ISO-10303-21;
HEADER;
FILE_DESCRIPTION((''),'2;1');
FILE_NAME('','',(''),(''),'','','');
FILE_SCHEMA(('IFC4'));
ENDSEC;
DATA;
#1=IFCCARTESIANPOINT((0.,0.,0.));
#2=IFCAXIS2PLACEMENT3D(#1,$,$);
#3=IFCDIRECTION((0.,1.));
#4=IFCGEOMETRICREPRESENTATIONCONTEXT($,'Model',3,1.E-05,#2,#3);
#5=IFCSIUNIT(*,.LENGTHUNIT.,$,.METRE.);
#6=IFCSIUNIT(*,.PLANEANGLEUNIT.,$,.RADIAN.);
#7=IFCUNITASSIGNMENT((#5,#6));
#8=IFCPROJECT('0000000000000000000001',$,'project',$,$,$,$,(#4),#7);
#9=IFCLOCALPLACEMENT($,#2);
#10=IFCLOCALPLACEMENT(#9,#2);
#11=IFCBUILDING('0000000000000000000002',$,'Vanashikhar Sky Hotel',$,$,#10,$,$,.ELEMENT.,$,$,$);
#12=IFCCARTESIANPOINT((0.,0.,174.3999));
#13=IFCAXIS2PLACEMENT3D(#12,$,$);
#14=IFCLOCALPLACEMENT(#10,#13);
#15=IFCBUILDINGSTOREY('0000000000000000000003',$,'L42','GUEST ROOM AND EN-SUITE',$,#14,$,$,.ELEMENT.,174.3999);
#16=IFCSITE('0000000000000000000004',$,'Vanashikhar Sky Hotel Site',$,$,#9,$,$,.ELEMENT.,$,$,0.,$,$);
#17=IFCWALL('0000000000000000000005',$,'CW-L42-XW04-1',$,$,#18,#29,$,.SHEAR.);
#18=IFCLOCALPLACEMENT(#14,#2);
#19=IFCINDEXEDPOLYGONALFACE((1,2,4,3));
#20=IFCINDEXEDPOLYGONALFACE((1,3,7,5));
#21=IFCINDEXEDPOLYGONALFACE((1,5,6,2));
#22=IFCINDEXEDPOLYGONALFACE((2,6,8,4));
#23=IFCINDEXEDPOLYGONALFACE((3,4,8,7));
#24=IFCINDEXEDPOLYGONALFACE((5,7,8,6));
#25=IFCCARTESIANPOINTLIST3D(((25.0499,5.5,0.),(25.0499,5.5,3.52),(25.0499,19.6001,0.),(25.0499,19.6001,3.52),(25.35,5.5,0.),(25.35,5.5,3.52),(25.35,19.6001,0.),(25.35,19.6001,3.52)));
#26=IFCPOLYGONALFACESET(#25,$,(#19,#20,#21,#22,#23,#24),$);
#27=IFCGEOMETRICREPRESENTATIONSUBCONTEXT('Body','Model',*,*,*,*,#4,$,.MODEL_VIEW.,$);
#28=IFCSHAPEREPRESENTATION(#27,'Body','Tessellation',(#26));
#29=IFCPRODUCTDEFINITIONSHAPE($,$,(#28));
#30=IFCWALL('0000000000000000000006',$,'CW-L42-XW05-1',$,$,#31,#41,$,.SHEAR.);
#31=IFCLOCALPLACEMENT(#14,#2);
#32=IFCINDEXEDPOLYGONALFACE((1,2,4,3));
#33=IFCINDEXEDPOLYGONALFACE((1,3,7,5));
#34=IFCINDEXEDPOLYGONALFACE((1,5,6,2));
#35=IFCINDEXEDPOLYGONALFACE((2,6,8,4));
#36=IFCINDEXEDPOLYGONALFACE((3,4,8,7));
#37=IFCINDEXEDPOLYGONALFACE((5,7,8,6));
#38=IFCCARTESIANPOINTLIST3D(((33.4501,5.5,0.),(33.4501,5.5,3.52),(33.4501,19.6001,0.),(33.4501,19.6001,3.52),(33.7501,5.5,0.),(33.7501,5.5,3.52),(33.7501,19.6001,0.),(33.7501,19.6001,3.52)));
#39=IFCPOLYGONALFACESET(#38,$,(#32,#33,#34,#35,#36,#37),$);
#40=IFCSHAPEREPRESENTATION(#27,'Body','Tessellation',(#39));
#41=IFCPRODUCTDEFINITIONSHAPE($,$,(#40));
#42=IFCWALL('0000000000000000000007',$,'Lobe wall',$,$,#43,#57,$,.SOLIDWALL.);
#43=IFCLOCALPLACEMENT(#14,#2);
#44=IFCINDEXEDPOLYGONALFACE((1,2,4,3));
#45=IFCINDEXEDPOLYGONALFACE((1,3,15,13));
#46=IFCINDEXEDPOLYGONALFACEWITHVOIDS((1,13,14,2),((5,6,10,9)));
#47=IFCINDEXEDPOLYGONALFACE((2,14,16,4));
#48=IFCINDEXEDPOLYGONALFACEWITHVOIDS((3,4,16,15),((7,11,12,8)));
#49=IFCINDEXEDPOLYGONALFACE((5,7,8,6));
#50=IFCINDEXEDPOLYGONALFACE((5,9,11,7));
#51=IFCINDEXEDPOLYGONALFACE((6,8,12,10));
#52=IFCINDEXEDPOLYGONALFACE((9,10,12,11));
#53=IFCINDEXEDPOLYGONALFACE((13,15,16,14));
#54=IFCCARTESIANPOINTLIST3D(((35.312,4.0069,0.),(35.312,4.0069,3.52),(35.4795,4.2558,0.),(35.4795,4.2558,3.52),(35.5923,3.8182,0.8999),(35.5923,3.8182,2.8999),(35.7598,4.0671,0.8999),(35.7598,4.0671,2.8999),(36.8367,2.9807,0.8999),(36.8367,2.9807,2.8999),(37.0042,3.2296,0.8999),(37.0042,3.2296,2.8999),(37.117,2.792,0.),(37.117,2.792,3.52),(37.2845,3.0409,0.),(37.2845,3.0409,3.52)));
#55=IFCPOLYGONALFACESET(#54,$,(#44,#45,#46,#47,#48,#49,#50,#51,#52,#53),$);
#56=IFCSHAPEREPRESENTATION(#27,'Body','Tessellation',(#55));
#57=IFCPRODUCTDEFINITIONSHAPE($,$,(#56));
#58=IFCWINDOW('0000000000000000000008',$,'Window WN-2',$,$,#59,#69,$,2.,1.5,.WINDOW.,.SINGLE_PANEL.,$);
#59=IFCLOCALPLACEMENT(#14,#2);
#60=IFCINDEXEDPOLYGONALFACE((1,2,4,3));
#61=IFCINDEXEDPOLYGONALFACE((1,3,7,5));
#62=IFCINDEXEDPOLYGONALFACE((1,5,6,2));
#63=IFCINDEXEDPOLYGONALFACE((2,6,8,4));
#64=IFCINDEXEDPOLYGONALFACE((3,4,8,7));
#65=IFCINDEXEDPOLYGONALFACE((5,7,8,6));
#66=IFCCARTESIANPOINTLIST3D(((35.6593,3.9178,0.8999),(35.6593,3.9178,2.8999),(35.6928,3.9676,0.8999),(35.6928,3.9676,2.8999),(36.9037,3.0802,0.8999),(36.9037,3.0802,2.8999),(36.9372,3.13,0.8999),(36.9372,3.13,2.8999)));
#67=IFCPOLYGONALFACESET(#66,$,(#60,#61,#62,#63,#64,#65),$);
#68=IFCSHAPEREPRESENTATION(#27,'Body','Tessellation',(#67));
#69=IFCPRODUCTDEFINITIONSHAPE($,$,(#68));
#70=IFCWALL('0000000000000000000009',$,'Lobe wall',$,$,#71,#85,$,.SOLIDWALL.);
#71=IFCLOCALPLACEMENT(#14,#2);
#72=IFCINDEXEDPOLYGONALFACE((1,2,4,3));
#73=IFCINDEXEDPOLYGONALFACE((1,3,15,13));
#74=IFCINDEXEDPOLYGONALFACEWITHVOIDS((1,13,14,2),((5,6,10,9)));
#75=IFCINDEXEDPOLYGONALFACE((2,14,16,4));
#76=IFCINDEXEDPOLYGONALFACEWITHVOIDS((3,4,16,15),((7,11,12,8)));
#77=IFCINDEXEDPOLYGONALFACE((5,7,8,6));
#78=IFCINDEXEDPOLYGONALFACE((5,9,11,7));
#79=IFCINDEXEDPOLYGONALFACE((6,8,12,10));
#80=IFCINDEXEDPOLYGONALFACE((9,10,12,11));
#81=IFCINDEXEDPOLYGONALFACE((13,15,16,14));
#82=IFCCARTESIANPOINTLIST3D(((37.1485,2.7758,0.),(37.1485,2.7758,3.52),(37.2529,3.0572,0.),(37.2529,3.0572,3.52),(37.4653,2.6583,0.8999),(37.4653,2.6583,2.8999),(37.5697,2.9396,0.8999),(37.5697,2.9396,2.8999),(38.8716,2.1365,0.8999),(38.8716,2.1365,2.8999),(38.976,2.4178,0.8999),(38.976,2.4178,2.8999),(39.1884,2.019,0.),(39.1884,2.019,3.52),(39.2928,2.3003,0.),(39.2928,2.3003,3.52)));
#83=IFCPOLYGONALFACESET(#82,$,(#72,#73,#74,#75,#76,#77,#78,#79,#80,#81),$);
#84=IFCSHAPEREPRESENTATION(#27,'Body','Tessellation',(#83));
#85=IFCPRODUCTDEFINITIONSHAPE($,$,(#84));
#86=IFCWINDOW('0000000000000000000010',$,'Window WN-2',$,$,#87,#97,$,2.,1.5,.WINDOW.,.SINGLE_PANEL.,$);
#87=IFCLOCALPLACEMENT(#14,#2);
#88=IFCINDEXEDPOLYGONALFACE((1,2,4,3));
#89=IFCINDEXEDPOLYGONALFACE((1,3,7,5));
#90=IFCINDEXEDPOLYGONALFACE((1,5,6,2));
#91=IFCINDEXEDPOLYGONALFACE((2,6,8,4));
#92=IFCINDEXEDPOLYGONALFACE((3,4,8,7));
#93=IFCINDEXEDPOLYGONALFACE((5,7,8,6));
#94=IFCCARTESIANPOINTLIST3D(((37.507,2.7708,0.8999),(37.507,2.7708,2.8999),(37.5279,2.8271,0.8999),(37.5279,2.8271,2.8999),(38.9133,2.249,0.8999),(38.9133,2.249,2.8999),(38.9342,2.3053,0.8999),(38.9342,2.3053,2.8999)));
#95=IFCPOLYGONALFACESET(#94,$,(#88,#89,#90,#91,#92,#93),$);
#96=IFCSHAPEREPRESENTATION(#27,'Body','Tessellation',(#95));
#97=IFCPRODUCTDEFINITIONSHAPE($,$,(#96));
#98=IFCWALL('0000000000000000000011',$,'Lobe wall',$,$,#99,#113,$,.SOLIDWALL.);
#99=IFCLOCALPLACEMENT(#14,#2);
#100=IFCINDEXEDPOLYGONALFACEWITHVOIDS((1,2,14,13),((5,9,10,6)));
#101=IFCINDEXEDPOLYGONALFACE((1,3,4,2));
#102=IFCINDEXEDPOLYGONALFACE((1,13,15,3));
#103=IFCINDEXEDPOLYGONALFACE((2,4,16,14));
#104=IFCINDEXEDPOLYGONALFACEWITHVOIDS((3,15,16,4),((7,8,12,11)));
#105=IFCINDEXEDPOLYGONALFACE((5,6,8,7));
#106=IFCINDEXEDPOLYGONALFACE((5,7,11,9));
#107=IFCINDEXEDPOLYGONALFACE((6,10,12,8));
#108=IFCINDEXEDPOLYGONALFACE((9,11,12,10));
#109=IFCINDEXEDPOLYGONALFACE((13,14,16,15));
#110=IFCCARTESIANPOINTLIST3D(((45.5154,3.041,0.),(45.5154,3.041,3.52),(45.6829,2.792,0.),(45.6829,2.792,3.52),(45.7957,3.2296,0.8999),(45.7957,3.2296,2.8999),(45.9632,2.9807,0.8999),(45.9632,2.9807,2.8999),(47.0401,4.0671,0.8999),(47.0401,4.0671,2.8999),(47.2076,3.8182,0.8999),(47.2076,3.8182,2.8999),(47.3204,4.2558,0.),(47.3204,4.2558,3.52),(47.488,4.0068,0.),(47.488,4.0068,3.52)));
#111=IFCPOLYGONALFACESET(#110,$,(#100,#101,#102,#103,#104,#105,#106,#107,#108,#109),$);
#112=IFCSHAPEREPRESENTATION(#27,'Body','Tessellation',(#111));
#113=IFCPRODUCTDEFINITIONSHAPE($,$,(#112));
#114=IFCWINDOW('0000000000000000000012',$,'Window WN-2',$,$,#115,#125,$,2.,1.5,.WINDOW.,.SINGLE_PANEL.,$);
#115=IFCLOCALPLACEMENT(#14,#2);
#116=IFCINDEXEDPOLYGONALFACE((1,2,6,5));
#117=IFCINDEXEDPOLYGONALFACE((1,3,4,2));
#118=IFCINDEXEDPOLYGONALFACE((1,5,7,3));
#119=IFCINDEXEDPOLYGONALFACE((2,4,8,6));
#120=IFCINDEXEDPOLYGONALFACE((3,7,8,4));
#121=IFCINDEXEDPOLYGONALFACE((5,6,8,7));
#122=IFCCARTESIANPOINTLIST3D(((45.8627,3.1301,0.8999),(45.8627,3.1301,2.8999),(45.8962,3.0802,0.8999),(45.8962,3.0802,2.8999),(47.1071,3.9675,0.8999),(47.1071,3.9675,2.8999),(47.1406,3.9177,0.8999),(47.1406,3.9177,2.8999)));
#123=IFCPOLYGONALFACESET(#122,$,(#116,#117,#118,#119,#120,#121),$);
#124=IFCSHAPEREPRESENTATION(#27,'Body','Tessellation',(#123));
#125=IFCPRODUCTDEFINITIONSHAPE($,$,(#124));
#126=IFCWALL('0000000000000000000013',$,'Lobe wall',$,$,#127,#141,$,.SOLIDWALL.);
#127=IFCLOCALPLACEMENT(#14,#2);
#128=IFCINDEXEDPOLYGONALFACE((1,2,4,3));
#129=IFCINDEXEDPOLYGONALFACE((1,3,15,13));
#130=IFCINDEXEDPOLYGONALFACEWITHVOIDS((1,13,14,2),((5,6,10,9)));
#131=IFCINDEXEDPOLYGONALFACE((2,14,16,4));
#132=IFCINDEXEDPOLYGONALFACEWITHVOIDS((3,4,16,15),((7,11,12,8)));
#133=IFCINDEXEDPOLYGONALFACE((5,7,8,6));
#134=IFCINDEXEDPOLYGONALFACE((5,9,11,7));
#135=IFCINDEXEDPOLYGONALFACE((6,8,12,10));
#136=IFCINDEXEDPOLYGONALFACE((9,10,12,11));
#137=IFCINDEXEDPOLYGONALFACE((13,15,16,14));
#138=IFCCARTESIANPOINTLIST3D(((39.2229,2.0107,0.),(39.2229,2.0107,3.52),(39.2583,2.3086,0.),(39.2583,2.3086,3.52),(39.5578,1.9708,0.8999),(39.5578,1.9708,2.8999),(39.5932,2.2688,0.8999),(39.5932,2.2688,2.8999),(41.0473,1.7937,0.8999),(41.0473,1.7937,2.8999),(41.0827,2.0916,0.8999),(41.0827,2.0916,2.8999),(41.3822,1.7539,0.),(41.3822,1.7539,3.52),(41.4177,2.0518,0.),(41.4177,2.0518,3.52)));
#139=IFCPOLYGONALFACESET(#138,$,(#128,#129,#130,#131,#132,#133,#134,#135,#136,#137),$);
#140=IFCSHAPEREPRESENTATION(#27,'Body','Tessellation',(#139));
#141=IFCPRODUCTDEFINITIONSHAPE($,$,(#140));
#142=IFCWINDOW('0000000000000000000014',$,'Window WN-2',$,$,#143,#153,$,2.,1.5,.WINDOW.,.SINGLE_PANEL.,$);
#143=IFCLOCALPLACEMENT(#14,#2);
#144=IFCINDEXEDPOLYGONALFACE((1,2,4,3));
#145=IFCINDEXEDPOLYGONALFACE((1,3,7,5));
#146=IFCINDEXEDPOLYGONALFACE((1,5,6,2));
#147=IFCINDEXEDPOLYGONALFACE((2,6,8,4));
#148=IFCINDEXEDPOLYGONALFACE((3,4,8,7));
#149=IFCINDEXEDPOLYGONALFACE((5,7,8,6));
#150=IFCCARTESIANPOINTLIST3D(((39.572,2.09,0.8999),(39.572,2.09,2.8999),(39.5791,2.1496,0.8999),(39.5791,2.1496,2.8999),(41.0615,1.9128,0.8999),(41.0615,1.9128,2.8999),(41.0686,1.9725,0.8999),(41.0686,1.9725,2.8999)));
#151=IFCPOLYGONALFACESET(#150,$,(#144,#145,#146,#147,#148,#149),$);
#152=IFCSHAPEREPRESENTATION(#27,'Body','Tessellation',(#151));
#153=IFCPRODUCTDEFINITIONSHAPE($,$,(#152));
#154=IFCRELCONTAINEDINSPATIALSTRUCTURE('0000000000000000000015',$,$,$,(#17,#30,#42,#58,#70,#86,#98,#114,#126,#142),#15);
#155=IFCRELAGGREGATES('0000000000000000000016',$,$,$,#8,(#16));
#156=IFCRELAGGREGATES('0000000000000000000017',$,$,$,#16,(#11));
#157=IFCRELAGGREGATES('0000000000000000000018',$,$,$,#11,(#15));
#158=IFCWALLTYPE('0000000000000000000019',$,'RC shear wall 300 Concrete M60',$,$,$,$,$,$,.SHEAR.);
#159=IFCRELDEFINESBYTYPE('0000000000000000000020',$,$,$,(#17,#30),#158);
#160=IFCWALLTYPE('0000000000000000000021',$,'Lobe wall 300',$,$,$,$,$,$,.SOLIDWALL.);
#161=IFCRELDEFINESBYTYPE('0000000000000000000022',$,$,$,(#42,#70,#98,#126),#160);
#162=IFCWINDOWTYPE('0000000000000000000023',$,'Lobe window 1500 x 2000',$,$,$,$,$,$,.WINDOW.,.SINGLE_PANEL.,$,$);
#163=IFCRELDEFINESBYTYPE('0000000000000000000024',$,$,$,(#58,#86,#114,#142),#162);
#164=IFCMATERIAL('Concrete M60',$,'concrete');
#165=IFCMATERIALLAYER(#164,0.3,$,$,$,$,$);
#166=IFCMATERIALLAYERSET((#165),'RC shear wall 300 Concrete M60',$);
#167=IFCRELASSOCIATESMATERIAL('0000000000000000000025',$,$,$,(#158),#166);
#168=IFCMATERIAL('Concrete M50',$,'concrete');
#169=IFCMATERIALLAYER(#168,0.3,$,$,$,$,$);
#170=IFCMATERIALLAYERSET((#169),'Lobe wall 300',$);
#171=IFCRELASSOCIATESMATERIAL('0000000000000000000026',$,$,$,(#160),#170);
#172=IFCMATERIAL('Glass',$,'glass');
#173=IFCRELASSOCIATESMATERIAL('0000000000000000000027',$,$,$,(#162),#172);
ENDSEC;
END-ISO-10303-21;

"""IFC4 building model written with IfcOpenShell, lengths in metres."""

from ifc_helpers import new_model, si_unit, direction, frame, frame_2d, origin, place, context, subcontext, project, spatial, rectangle, extrude, source, transform, mapped, material, layer, layer_set, type_object, element, fill, save


model = new_model("IFC4")

# Units and contexts
model_context = context("Model", 3, precision=1e-05, world=origin(), true_north=direction((0.0, 1.0)))
body_context = subcontext(model_context, "Body", "Model", "MODEL_VIEW")
ifc_project = project(units=[si_unit("LENGTHUNIT", "METRE"), si_unit("PLANEANGLEUNIT", "RADIAN")], contexts=[model_context])

# Site, building, storey
site_placement = place(None, origin())
site = spatial("IfcSite", under=ifc_project, at=site_placement, Name="Vanashikhar Sky Hotel Site", CompositionType="ELEMENT", RefElevation=0.0)
building_placement = place(site_placement, origin())
building = spatial("IfcBuilding", under=site, at=building_placement, Name="Vanashikhar Sky Hotel", CompositionType="ELEMENT")
storey_placement = place(building_placement, frame((0.0, 0.0, 174.3999)))
storey = spatial("IfcBuildingStorey", under=building, at=storey_placement, Name="L42", Description="GUEST ROOM AND EN-SUITE", CompositionType="ELEMENT", Elevation=174.3999)

# Walls
ifc_material_1 = material(Name="Concrete M60", Category="concrete")
ifc_layer_1 = layer(ifc_material_1, 0.3)
ifc_layer_set_1 = layer_set([ifc_layer_1], Name="RC shear wall 300 Concrete M60")
wall_type_1 = type_object("IfcWallType", Name="RC shear wall 300 Concrete M60", PredefinedType="SHEAR", material=ifc_layer_set_1)
shared_shape_1 = source(origin(), body_context, "Body", "SweptSolid", [
    extrude(rectangle(XDim=14.1001, YDim=0.3, at=frame_2d((7.05, 0.0))), origin(), (0.0, 0.0, 1.0), 3.52),
])
for number, where, z_axis, x_axis, name in (
    (1, (25.2, 5.5, 0.0), (0.0, 0.0, 1.0), (0.0, 1.0, 0.0), "CW-L42-XW04-1"),
    (2, (33.6001, 5.5, 0.0), (0.0, 0.0, 1.0), (0.0, 1.0, 0.0), "CW-L42-XW05-1"),
):
    element("IfcWall", number, at=place(storey_placement, frame(where, z_axis=z_axis, x_axis=x_axis)), inside=storey, type_object=wall_type_1, Name=name, PredefinedType="SHEAR", context=body_context, shape_type="MappedRepresentation", body=[
        mapped(shared_shape_1, transform((0.0, 0.0, 0.0), scale=1.0)),
    ])

# Walls, openings, windows
ifc_material_2 = material(Name="Concrete M50", Category="concrete")
ifc_layer_2 = layer(ifc_material_2, 0.3)
ifc_layer_set_2 = layer_set([ifc_layer_2], Name="Lobe wall 300")
wall_type_2 = type_object("IfcWallType", Name="Lobe wall 300", PredefinedType="SOLIDWALL", material=ifc_layer_set_2)
shared_shape_2 = source(origin(), body_context, "Body", "SweptSolid", [
    extrude(rectangle(XDim=2.1758, YDim=0.3, at=frame_2d((1.0879, 0.0))), origin(), (0.0, 0.0, 1.0), 3.52),
])
wall_1_placement = place(storey_placement, frame((35.3958, 4.1313, 0.0), z_axis=(0.0, 0.0, 1.0), x_axis=(0.829591, -0.558372, 0.0)))
wall_1 = element("IfcWall", 3, at=wall_1_placement, inside=storey, type_object=wall_type_2, Name="Lobe wall", PredefinedType="SOLIDWALL", context=body_context, shape_type="MappedRepresentation", body=[
    mapped(shared_shape_2, transform((0.0, 0.0, 0.0), scale=1.0)),
])
shared_shape_3 = source(origin(), body_context, "Body", "SweptSolid", [
    extrude(rectangle(XDim=1.5, YDim=2.0, at=frame_2d((0.75, 1.0))), frame((0.0, 0.1602, 0.0), z_axis=(0.0, -1.0, 0.0), x_axis=(1.0, 0.0, 0.0)), (0.0, 0.0, 1.0), 0.3201),
])
opening_1_placement = place(wall_1_placement, frame((0.3379, 0.0, 0.8999)))
opening_1 = element("IfcOpeningElement", 4, at=opening_1_placement, cuts=wall_1, PredefinedType="OPENING", context=body_context, shape_type="MappedRepresentation", body=[
    mapped(shared_shape_3, transform((0.0, 0.0, 0.0), scale=1.0)),
])
ifc_material_3 = material(Name="Glass", Category="glass")
window_type = type_object("IfcWindowType", Name="Lobe window 1500 x 2000", PartitioningType="SINGLE_PANEL", PredefinedType="WINDOW", material=ifc_material_3)
shared_shape_4 = source(origin(), body_context, "Body", "SweptSolid", [
    extrude(rectangle(XDim=1.5, YDim=2.0, at=frame_2d((0.75, 1.0))), frame((0.0, 0.03, 0.0), z_axis=(0.0, -1.0, 0.0), x_axis=(1.0, 0.0, 0.0)), (0.0, 0.0, 1.0), 0.0601),
])
window_1_placement = place(opening_1_placement, origin())
window_1 = element("IfcWindow", 5, at=window_1_placement, inside=storey, type_object=window_type, Name="Window WN-2", OverallHeight=2.0, OverallWidth=1.5, PartitioningType="SINGLE_PANEL", PredefinedType="WINDOW", context=body_context, shape_type="MappedRepresentation", body=[
    mapped(shared_shape_4, transform((0.0, 0.0, 0.0), scale=1.0)),
])
fill(opening_1, window_1)
wall_2_placement = place(storey_placement, frame((37.2007, 2.9165, 0.0), z_axis=(0.0, 0.0, 1.0), x_axis=(0.937546, -0.347863, 0.0)))
wall_2 = element("IfcWall", 6, at=wall_2_placement, inside=storey, type_object=wall_type_2, Name="Lobe wall", PredefinedType="SOLIDWALL", context=body_context, shape_type="MappedRepresentation", body=[
    mapped(shared_shape_2, transform((0.0, 0.0, 0.0), scale=1.0)),
])
opening_2_placement = place(wall_2_placement, frame((0.3379, 0.0, 0.8999)))
opening_2 = element("IfcOpeningElement", 7, at=opening_2_placement, cuts=wall_2, PredefinedType="OPENING", context=body_context, shape_type="MappedRepresentation", body=[
    mapped(shared_shape_3, transform((0.0, 0.0, 0.0), scale=1.0)),
])
window_2_placement = place(opening_2_placement, origin())
window_2 = element("IfcWindow", 8, at=window_2_placement, inside=storey, type_object=window_type, Name="Window WN-2", OverallHeight=2.0, OverallWidth=1.5, PartitioningType="SINGLE_PANEL", PredefinedType="WINDOW", context=body_context, shape_type="MappedRepresentation", body=[
    mapped(shared_shape_4, transform((0.0, 0.0, 0.0), scale=1.0)),
])
fill(opening_2, window_2)
wall_3_placement = place(storey_placement, frame((45.5991, 2.9165, 0.0), z_axis=(0.0, 0.0, 1.0), x_axis=(0.829626, 0.55832, 0.0)))
wall_3 = element("IfcWall", 9, at=wall_3_placement, inside=storey, type_object=wall_type_2, Name="Lobe wall", PredefinedType="SOLIDWALL", context=body_context, shape_type="MappedRepresentation", body=[
    mapped(shared_shape_2, transform((0.0, 0.0, 0.0), scale=1.0)),
])
opening_3_placement = place(wall_3_placement, frame((0.3379, 0.0, 0.8999)))
opening_3 = element("IfcOpeningElement", 10, at=opening_3_placement, cuts=wall_3, PredefinedType="OPENING", context=body_context, shape_type="MappedRepresentation", body=[
    mapped(shared_shape_3, transform((0.0, 0.0, 0.0), scale=1.0)),
])
window_3_placement = place(opening_3_placement, origin())
window_3 = element("IfcWindow", 11, at=window_3_placement, inside=storey, type_object=window_type, Name="Window WN-2", OverallHeight=2.0, OverallWidth=1.5, PartitioningType="SINGLE_PANEL", PredefinedType="WINDOW", context=body_context, shape_type="MappedRepresentation", body=[
    mapped(shared_shape_4, transform((0.0, 0.0, 0.0), scale=1.0)),
])
fill(opening_3, window_3)
shared_shape_5 = source(origin(), body_context, "Body", "SweptSolid", [
    extrude(rectangle(XDim=2.1746, YDim=0.3, at=frame_2d((1.0874, 0.0))), origin(), (0.0, 0.0, 1.0), 3.52),
])
wall_4_placement = place(storey_placement, frame((39.2405, 2.1597, 0.0), z_axis=(0.0, 0.0, 1.0), x_axis=(0.993001, -0.118105, 0.0)))
wall_4 = element("IfcWall", 12, at=wall_4_placement, inside=storey, type_object=wall_type_2, Name="Lobe wall", PredefinedType="SOLIDWALL", context=body_context, shape_type="MappedRepresentation", body=[
    mapped(shared_shape_5, transform((0.0, 0.0, 0.0), scale=1.0)),
])
opening_4_placement = place(wall_4_placement, frame((0.3374, 0.0, 0.8999)))
opening_4 = element("IfcOpeningElement", 13, at=opening_4_placement, cuts=wall_4, PredefinedType="OPENING", context=body_context, shape_type="MappedRepresentation", body=[
    mapped(shared_shape_3, transform((0.0, 0.0, 0.0), scale=1.0)),
])
window_4_placement = place(opening_4_placement, origin())
window_4 = element("IfcWindow", 14, at=window_4_placement, inside=storey, type_object=window_type, Name="Window WN-2", OverallHeight=2.0, OverallWidth=1.5, PartitioningType="SINGLE_PANEL", PredefinedType="WINDOW", context=body_context, shape_type="MappedRepresentation", body=[
    mapped(shared_shape_4, transform((0.0, 0.0, 0.0), scale=1.0)),
])
fill(opening_4, window_4)

save(model, "model.ifc")
